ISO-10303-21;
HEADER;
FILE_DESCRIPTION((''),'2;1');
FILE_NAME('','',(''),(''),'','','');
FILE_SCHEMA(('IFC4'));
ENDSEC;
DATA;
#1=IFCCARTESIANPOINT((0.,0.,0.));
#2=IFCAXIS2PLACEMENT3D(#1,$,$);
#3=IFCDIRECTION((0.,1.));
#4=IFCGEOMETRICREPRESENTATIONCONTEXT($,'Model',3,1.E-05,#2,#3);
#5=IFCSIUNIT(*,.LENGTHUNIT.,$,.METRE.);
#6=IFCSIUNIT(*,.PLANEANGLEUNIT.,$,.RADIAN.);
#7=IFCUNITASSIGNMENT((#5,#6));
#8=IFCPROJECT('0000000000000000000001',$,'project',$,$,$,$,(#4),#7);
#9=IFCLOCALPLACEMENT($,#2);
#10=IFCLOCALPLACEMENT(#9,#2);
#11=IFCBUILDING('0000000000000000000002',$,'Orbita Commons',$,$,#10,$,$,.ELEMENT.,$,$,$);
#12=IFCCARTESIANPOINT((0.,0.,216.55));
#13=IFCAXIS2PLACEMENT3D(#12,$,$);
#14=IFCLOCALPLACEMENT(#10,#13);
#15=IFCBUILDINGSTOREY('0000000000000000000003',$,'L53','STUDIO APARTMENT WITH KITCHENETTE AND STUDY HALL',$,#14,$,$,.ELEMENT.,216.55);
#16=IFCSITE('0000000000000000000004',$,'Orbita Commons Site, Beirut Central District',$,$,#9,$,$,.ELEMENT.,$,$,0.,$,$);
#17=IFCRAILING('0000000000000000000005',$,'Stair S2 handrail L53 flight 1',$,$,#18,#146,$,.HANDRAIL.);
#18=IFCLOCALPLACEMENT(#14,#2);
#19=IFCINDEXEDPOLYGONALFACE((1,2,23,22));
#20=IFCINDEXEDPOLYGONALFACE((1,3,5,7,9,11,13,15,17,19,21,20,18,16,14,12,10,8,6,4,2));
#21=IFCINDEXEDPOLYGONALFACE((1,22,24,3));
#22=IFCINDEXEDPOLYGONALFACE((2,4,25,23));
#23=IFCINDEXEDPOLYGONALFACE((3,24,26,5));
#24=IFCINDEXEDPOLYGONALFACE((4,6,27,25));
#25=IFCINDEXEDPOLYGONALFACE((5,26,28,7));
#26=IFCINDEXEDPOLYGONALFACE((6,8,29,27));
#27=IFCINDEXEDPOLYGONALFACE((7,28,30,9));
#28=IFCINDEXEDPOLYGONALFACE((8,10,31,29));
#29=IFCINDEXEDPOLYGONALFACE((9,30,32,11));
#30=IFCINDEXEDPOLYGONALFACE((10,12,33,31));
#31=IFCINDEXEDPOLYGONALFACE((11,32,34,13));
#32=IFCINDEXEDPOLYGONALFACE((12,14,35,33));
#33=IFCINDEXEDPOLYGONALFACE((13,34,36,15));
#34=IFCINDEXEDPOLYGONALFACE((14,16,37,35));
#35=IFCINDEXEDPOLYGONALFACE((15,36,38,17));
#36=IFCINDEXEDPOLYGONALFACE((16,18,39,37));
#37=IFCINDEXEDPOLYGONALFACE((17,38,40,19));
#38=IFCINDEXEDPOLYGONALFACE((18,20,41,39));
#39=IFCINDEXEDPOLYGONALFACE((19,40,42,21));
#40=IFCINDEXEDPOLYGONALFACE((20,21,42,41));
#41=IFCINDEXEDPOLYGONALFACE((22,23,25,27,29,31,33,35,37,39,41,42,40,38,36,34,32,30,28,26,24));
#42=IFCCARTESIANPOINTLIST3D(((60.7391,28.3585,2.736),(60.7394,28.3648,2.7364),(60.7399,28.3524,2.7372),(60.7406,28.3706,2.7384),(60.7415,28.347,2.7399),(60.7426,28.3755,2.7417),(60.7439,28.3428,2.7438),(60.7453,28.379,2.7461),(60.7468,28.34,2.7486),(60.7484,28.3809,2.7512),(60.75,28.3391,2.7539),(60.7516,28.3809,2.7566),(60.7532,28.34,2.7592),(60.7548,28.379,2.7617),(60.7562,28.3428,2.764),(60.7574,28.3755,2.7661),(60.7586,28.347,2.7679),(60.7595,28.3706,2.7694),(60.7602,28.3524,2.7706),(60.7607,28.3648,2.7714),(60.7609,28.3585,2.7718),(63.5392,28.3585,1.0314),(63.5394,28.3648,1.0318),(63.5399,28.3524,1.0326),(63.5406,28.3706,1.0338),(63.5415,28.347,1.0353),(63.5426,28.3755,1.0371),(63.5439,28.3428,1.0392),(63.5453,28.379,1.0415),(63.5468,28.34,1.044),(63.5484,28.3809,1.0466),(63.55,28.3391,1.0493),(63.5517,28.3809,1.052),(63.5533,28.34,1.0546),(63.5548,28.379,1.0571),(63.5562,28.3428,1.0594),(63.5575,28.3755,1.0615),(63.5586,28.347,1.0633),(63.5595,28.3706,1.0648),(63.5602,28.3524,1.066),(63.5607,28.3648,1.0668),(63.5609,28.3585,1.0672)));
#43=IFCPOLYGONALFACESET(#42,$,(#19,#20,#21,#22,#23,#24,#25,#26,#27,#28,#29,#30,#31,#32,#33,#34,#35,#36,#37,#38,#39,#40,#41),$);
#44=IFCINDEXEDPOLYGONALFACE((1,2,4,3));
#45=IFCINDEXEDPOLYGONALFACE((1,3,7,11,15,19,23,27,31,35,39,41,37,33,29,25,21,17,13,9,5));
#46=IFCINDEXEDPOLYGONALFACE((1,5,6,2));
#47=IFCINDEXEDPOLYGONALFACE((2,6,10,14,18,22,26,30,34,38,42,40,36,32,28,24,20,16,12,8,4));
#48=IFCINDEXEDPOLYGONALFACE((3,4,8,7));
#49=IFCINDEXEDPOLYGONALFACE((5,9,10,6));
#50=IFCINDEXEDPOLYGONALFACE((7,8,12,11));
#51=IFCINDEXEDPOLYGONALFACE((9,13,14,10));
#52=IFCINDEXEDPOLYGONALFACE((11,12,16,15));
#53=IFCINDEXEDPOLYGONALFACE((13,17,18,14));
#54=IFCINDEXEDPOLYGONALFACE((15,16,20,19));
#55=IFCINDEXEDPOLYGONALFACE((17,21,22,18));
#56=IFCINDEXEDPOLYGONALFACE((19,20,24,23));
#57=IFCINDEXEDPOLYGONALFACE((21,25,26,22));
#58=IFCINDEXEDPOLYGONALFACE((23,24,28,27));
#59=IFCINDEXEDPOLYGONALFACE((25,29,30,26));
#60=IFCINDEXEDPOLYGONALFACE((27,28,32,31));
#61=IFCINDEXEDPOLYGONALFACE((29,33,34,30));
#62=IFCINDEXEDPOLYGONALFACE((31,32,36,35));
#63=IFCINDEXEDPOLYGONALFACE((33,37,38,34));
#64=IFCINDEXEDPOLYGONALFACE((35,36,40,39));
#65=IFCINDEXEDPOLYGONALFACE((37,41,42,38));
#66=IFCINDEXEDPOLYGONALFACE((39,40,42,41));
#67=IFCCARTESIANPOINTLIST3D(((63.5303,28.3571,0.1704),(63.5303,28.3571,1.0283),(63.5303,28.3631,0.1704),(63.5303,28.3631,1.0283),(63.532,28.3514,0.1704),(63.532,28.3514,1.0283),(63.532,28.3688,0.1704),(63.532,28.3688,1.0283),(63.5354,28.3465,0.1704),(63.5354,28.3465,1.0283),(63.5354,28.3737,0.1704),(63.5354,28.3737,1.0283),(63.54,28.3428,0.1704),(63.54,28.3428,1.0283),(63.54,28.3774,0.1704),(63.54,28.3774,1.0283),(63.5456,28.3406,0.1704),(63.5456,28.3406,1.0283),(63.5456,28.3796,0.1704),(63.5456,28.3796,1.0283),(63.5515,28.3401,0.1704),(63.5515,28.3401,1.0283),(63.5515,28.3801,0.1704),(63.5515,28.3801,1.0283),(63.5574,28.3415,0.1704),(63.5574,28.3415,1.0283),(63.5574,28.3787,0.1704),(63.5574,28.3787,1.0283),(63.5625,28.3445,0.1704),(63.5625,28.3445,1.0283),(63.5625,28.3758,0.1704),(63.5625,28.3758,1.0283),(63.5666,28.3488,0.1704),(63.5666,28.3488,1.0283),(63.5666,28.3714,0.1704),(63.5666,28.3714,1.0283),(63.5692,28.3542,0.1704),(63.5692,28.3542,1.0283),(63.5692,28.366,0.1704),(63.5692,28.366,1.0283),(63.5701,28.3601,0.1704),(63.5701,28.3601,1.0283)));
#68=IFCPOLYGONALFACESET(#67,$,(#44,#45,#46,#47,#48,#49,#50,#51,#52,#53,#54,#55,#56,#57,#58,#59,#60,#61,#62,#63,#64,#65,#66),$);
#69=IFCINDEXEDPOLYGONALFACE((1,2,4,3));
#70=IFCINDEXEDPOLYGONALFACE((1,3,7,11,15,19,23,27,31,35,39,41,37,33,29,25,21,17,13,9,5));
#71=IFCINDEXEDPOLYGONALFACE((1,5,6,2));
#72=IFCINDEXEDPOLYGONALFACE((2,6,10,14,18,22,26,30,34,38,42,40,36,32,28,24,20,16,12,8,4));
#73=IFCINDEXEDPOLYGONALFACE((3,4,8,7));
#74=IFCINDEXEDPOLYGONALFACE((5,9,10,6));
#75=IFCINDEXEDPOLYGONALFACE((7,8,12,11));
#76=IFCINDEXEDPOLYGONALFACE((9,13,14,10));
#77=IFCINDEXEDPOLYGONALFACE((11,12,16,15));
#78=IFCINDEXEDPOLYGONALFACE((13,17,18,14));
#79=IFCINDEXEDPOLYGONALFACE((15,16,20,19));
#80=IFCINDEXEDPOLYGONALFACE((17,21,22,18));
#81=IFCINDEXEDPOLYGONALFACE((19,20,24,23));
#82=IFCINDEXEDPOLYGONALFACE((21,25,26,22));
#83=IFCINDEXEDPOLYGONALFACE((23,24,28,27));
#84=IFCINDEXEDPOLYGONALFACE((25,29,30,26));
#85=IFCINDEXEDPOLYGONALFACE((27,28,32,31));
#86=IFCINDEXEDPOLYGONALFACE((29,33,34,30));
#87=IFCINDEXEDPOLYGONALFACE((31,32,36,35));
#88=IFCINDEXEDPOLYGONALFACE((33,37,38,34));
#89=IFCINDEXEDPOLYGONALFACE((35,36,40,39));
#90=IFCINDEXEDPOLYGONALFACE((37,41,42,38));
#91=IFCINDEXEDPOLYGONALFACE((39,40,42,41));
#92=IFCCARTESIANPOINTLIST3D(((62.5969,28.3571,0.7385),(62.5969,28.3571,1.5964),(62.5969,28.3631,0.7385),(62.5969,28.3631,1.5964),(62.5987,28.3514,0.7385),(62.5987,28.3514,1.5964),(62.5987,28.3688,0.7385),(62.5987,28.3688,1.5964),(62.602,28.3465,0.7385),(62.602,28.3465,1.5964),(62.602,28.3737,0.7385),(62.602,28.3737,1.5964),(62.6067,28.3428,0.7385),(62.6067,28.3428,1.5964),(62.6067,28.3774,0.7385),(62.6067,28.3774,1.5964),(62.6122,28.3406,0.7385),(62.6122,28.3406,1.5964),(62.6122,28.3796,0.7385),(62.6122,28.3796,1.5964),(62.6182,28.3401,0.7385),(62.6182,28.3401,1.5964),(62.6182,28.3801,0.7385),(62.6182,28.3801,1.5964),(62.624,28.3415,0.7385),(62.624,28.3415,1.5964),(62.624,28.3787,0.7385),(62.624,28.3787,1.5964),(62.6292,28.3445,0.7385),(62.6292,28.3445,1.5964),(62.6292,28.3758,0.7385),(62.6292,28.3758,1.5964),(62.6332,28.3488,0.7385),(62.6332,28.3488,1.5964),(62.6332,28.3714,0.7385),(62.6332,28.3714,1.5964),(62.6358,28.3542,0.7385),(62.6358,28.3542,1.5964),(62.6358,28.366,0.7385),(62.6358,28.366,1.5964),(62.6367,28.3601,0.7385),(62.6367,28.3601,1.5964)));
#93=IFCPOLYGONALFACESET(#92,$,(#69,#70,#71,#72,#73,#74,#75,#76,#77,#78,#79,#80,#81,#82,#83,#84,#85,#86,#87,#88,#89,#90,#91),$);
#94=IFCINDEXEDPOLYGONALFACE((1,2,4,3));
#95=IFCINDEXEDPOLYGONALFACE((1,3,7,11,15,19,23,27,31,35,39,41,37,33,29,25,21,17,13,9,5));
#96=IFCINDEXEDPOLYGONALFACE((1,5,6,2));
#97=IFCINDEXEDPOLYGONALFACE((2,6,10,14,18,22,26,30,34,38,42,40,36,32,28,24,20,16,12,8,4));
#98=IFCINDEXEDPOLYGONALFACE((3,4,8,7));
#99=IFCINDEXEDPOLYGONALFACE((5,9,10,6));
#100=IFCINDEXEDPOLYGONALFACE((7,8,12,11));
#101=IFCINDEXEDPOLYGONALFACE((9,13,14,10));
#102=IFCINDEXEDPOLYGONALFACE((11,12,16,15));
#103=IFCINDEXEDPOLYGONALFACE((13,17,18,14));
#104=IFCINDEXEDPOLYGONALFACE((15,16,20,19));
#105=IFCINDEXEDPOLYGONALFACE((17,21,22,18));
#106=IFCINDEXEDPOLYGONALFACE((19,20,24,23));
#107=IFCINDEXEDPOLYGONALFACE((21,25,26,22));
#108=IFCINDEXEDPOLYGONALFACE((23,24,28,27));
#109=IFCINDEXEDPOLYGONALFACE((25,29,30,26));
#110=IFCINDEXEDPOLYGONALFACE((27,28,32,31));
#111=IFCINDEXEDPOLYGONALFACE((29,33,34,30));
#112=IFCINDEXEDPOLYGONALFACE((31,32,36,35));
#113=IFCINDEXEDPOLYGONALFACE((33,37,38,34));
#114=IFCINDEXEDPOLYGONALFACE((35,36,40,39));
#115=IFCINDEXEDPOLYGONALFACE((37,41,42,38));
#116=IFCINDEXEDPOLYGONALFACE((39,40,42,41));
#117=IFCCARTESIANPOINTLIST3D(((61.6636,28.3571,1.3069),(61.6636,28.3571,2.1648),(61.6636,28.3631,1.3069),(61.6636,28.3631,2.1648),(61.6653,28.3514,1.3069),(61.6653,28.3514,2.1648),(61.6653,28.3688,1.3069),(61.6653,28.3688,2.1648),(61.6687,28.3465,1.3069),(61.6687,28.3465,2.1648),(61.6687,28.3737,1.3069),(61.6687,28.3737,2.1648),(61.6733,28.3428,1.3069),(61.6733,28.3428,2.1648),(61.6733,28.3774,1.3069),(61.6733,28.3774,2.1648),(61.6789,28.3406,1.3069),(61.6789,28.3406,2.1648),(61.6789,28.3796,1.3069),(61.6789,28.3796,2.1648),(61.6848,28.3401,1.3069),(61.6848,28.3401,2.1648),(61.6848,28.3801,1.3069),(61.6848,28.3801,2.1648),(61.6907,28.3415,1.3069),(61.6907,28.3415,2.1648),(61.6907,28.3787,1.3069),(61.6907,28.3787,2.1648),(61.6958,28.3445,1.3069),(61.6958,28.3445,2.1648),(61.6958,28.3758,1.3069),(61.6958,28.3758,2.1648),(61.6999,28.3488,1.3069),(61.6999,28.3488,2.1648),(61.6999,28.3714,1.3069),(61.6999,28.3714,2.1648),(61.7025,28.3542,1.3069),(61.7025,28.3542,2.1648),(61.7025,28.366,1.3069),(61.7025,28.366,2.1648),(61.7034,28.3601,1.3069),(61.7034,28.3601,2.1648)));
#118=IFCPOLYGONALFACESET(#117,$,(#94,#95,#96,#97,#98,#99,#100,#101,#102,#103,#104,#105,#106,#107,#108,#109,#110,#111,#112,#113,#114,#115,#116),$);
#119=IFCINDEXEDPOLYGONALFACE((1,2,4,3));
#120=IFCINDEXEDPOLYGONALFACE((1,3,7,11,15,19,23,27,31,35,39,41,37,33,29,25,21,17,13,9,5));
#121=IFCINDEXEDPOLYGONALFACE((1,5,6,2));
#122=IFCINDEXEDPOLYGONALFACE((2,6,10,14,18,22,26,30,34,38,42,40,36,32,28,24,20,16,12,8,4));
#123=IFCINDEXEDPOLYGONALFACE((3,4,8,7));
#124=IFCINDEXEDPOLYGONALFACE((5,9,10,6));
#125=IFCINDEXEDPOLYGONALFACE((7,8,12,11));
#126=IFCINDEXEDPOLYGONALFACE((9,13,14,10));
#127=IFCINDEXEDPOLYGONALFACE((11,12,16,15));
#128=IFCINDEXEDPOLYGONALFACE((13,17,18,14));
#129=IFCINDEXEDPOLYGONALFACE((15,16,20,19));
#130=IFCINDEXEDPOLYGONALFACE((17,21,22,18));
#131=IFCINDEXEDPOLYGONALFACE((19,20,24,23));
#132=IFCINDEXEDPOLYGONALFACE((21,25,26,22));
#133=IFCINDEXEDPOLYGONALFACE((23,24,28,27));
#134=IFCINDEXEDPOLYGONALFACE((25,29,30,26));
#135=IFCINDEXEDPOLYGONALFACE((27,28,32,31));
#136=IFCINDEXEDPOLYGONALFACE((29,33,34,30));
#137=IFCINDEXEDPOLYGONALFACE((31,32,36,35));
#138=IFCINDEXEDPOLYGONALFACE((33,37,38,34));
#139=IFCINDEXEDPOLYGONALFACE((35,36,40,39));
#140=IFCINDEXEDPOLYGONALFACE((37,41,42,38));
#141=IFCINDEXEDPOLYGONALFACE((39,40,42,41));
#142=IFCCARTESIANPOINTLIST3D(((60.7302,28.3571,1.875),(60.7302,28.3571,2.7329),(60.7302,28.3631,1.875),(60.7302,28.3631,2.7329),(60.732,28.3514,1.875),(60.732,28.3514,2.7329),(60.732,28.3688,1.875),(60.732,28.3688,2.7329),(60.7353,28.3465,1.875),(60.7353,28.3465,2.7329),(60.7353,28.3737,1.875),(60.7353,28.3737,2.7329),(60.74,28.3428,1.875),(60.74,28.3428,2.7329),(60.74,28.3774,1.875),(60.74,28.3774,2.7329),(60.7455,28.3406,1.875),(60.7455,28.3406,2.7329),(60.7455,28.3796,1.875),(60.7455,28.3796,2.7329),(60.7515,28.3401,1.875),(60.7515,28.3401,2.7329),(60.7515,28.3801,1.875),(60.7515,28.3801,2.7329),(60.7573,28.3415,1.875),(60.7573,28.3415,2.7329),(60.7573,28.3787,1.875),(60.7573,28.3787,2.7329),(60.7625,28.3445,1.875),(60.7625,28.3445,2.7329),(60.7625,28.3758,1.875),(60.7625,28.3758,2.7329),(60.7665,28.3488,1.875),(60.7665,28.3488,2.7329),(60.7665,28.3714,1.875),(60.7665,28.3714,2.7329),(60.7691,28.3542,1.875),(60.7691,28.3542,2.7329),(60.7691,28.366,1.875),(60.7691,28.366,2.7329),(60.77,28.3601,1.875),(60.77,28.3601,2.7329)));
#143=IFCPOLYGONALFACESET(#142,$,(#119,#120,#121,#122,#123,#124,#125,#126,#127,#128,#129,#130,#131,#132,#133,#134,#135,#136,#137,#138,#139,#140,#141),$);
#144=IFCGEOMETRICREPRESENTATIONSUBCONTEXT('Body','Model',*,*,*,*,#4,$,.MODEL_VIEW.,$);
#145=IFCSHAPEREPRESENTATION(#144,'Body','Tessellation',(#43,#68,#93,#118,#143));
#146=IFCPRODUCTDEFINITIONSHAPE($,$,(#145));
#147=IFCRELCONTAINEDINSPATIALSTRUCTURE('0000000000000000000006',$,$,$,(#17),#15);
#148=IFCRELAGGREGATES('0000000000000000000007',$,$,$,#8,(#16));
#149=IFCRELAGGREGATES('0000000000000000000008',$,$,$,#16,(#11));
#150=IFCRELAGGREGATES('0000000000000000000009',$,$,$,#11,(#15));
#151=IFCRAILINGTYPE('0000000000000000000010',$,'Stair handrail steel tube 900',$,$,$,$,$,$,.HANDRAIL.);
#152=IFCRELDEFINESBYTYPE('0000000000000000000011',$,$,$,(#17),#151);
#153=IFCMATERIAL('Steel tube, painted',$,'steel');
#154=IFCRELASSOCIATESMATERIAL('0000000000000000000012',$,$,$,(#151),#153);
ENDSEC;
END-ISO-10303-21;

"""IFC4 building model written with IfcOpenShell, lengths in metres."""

from ifc_helpers import new_model, si_unit, direction, frame, origin, origin_2d, place, context, subcontext, project, spatial, circle, extrude, material, type_object, element, save


model = new_model("IFC4")

# Units and contexts
model_context = context("Model", 3, precision=1e-05, world=origin(), true_north=direction((0.0, 1.0)))
body_context = subcontext(model_context, "Body", "Model", "MODEL_VIEW")
ifc_project = project(units=[si_unit("LENGTHUNIT", "METRE"), si_unit("PLANEANGLEUNIT", "RADIAN")], contexts=[model_context])

# Site, building, storey
site_placement = place(None, origin())
site = spatial("IfcSite", under=ifc_project, at=site_placement, Name="Orbita Commons Site, Beirut Central District", CompositionType="ELEMENT", RefElevation=0.0)
building_placement = place(site_placement, origin())
building = spatial("IfcBuilding", under=site, at=building_placement, Name="Orbita Commons", CompositionType="ELEMENT")
storey_placement = place(building_placement, frame((0.0, 0.0, 216.55)))
storey = spatial("IfcBuildingStorey", under=building, at=storey_placement, Name="L53", Description="STUDIO APARTMENT WITH KITCHENETTE AND STUDY HALL", CompositionType="ELEMENT", Elevation=216.55)

# Railing
ifc_material_1 = material(Name="Steel tube, painted", Category="steel")
railing_type = type_object("IfcRailingType", Name="Stair handrail steel tube 900", PredefinedType="HANDRAIL", material=ifc_material_1)
railing_placement = place(storey_placement, frame((63.55, 28.3601, 0.1704)))
element("IfcRailing", 1, at=railing_placement, inside=storey, type_object=railing_type, Name="Stair S2 handrail L53 flight 1", PredefinedType="HANDRAIL", context=body_context, shape_type="SweptSolid", body=[
    extrude(circle(Radius=0.021, at=origin_2d()), frame((0.0, 0.0, 0.8789), z_axis=(-0.85417, 0.0, 0.519994), x_axis=(0.0, -1.0, 0.0)), (0.0, 0.0, 1.0), 3.2781),
    extrude(circle(Radius=0.02, at=origin_2d()), origin(), (0.0, 0.0, 1.0), 0.8579),
    extrude(circle(Radius=0.02, at=origin_2d()), frame((-0.9333, 0.0, 0.5681)), (0.0, 0.0, 1.0), 0.8579),
    extrude(circle(Radius=0.02, at=origin_2d()), frame((-1.8667, 0.0, 1.1365)), (0.0, 0.0, 1.0), 0.8579),
    extrude(circle(Radius=0.02, at=origin_2d()), frame((-2.8, 0.0, 1.7046)), (0.0, 0.0, 1.0), 0.8579),
])

save(model, "model.ifc")
